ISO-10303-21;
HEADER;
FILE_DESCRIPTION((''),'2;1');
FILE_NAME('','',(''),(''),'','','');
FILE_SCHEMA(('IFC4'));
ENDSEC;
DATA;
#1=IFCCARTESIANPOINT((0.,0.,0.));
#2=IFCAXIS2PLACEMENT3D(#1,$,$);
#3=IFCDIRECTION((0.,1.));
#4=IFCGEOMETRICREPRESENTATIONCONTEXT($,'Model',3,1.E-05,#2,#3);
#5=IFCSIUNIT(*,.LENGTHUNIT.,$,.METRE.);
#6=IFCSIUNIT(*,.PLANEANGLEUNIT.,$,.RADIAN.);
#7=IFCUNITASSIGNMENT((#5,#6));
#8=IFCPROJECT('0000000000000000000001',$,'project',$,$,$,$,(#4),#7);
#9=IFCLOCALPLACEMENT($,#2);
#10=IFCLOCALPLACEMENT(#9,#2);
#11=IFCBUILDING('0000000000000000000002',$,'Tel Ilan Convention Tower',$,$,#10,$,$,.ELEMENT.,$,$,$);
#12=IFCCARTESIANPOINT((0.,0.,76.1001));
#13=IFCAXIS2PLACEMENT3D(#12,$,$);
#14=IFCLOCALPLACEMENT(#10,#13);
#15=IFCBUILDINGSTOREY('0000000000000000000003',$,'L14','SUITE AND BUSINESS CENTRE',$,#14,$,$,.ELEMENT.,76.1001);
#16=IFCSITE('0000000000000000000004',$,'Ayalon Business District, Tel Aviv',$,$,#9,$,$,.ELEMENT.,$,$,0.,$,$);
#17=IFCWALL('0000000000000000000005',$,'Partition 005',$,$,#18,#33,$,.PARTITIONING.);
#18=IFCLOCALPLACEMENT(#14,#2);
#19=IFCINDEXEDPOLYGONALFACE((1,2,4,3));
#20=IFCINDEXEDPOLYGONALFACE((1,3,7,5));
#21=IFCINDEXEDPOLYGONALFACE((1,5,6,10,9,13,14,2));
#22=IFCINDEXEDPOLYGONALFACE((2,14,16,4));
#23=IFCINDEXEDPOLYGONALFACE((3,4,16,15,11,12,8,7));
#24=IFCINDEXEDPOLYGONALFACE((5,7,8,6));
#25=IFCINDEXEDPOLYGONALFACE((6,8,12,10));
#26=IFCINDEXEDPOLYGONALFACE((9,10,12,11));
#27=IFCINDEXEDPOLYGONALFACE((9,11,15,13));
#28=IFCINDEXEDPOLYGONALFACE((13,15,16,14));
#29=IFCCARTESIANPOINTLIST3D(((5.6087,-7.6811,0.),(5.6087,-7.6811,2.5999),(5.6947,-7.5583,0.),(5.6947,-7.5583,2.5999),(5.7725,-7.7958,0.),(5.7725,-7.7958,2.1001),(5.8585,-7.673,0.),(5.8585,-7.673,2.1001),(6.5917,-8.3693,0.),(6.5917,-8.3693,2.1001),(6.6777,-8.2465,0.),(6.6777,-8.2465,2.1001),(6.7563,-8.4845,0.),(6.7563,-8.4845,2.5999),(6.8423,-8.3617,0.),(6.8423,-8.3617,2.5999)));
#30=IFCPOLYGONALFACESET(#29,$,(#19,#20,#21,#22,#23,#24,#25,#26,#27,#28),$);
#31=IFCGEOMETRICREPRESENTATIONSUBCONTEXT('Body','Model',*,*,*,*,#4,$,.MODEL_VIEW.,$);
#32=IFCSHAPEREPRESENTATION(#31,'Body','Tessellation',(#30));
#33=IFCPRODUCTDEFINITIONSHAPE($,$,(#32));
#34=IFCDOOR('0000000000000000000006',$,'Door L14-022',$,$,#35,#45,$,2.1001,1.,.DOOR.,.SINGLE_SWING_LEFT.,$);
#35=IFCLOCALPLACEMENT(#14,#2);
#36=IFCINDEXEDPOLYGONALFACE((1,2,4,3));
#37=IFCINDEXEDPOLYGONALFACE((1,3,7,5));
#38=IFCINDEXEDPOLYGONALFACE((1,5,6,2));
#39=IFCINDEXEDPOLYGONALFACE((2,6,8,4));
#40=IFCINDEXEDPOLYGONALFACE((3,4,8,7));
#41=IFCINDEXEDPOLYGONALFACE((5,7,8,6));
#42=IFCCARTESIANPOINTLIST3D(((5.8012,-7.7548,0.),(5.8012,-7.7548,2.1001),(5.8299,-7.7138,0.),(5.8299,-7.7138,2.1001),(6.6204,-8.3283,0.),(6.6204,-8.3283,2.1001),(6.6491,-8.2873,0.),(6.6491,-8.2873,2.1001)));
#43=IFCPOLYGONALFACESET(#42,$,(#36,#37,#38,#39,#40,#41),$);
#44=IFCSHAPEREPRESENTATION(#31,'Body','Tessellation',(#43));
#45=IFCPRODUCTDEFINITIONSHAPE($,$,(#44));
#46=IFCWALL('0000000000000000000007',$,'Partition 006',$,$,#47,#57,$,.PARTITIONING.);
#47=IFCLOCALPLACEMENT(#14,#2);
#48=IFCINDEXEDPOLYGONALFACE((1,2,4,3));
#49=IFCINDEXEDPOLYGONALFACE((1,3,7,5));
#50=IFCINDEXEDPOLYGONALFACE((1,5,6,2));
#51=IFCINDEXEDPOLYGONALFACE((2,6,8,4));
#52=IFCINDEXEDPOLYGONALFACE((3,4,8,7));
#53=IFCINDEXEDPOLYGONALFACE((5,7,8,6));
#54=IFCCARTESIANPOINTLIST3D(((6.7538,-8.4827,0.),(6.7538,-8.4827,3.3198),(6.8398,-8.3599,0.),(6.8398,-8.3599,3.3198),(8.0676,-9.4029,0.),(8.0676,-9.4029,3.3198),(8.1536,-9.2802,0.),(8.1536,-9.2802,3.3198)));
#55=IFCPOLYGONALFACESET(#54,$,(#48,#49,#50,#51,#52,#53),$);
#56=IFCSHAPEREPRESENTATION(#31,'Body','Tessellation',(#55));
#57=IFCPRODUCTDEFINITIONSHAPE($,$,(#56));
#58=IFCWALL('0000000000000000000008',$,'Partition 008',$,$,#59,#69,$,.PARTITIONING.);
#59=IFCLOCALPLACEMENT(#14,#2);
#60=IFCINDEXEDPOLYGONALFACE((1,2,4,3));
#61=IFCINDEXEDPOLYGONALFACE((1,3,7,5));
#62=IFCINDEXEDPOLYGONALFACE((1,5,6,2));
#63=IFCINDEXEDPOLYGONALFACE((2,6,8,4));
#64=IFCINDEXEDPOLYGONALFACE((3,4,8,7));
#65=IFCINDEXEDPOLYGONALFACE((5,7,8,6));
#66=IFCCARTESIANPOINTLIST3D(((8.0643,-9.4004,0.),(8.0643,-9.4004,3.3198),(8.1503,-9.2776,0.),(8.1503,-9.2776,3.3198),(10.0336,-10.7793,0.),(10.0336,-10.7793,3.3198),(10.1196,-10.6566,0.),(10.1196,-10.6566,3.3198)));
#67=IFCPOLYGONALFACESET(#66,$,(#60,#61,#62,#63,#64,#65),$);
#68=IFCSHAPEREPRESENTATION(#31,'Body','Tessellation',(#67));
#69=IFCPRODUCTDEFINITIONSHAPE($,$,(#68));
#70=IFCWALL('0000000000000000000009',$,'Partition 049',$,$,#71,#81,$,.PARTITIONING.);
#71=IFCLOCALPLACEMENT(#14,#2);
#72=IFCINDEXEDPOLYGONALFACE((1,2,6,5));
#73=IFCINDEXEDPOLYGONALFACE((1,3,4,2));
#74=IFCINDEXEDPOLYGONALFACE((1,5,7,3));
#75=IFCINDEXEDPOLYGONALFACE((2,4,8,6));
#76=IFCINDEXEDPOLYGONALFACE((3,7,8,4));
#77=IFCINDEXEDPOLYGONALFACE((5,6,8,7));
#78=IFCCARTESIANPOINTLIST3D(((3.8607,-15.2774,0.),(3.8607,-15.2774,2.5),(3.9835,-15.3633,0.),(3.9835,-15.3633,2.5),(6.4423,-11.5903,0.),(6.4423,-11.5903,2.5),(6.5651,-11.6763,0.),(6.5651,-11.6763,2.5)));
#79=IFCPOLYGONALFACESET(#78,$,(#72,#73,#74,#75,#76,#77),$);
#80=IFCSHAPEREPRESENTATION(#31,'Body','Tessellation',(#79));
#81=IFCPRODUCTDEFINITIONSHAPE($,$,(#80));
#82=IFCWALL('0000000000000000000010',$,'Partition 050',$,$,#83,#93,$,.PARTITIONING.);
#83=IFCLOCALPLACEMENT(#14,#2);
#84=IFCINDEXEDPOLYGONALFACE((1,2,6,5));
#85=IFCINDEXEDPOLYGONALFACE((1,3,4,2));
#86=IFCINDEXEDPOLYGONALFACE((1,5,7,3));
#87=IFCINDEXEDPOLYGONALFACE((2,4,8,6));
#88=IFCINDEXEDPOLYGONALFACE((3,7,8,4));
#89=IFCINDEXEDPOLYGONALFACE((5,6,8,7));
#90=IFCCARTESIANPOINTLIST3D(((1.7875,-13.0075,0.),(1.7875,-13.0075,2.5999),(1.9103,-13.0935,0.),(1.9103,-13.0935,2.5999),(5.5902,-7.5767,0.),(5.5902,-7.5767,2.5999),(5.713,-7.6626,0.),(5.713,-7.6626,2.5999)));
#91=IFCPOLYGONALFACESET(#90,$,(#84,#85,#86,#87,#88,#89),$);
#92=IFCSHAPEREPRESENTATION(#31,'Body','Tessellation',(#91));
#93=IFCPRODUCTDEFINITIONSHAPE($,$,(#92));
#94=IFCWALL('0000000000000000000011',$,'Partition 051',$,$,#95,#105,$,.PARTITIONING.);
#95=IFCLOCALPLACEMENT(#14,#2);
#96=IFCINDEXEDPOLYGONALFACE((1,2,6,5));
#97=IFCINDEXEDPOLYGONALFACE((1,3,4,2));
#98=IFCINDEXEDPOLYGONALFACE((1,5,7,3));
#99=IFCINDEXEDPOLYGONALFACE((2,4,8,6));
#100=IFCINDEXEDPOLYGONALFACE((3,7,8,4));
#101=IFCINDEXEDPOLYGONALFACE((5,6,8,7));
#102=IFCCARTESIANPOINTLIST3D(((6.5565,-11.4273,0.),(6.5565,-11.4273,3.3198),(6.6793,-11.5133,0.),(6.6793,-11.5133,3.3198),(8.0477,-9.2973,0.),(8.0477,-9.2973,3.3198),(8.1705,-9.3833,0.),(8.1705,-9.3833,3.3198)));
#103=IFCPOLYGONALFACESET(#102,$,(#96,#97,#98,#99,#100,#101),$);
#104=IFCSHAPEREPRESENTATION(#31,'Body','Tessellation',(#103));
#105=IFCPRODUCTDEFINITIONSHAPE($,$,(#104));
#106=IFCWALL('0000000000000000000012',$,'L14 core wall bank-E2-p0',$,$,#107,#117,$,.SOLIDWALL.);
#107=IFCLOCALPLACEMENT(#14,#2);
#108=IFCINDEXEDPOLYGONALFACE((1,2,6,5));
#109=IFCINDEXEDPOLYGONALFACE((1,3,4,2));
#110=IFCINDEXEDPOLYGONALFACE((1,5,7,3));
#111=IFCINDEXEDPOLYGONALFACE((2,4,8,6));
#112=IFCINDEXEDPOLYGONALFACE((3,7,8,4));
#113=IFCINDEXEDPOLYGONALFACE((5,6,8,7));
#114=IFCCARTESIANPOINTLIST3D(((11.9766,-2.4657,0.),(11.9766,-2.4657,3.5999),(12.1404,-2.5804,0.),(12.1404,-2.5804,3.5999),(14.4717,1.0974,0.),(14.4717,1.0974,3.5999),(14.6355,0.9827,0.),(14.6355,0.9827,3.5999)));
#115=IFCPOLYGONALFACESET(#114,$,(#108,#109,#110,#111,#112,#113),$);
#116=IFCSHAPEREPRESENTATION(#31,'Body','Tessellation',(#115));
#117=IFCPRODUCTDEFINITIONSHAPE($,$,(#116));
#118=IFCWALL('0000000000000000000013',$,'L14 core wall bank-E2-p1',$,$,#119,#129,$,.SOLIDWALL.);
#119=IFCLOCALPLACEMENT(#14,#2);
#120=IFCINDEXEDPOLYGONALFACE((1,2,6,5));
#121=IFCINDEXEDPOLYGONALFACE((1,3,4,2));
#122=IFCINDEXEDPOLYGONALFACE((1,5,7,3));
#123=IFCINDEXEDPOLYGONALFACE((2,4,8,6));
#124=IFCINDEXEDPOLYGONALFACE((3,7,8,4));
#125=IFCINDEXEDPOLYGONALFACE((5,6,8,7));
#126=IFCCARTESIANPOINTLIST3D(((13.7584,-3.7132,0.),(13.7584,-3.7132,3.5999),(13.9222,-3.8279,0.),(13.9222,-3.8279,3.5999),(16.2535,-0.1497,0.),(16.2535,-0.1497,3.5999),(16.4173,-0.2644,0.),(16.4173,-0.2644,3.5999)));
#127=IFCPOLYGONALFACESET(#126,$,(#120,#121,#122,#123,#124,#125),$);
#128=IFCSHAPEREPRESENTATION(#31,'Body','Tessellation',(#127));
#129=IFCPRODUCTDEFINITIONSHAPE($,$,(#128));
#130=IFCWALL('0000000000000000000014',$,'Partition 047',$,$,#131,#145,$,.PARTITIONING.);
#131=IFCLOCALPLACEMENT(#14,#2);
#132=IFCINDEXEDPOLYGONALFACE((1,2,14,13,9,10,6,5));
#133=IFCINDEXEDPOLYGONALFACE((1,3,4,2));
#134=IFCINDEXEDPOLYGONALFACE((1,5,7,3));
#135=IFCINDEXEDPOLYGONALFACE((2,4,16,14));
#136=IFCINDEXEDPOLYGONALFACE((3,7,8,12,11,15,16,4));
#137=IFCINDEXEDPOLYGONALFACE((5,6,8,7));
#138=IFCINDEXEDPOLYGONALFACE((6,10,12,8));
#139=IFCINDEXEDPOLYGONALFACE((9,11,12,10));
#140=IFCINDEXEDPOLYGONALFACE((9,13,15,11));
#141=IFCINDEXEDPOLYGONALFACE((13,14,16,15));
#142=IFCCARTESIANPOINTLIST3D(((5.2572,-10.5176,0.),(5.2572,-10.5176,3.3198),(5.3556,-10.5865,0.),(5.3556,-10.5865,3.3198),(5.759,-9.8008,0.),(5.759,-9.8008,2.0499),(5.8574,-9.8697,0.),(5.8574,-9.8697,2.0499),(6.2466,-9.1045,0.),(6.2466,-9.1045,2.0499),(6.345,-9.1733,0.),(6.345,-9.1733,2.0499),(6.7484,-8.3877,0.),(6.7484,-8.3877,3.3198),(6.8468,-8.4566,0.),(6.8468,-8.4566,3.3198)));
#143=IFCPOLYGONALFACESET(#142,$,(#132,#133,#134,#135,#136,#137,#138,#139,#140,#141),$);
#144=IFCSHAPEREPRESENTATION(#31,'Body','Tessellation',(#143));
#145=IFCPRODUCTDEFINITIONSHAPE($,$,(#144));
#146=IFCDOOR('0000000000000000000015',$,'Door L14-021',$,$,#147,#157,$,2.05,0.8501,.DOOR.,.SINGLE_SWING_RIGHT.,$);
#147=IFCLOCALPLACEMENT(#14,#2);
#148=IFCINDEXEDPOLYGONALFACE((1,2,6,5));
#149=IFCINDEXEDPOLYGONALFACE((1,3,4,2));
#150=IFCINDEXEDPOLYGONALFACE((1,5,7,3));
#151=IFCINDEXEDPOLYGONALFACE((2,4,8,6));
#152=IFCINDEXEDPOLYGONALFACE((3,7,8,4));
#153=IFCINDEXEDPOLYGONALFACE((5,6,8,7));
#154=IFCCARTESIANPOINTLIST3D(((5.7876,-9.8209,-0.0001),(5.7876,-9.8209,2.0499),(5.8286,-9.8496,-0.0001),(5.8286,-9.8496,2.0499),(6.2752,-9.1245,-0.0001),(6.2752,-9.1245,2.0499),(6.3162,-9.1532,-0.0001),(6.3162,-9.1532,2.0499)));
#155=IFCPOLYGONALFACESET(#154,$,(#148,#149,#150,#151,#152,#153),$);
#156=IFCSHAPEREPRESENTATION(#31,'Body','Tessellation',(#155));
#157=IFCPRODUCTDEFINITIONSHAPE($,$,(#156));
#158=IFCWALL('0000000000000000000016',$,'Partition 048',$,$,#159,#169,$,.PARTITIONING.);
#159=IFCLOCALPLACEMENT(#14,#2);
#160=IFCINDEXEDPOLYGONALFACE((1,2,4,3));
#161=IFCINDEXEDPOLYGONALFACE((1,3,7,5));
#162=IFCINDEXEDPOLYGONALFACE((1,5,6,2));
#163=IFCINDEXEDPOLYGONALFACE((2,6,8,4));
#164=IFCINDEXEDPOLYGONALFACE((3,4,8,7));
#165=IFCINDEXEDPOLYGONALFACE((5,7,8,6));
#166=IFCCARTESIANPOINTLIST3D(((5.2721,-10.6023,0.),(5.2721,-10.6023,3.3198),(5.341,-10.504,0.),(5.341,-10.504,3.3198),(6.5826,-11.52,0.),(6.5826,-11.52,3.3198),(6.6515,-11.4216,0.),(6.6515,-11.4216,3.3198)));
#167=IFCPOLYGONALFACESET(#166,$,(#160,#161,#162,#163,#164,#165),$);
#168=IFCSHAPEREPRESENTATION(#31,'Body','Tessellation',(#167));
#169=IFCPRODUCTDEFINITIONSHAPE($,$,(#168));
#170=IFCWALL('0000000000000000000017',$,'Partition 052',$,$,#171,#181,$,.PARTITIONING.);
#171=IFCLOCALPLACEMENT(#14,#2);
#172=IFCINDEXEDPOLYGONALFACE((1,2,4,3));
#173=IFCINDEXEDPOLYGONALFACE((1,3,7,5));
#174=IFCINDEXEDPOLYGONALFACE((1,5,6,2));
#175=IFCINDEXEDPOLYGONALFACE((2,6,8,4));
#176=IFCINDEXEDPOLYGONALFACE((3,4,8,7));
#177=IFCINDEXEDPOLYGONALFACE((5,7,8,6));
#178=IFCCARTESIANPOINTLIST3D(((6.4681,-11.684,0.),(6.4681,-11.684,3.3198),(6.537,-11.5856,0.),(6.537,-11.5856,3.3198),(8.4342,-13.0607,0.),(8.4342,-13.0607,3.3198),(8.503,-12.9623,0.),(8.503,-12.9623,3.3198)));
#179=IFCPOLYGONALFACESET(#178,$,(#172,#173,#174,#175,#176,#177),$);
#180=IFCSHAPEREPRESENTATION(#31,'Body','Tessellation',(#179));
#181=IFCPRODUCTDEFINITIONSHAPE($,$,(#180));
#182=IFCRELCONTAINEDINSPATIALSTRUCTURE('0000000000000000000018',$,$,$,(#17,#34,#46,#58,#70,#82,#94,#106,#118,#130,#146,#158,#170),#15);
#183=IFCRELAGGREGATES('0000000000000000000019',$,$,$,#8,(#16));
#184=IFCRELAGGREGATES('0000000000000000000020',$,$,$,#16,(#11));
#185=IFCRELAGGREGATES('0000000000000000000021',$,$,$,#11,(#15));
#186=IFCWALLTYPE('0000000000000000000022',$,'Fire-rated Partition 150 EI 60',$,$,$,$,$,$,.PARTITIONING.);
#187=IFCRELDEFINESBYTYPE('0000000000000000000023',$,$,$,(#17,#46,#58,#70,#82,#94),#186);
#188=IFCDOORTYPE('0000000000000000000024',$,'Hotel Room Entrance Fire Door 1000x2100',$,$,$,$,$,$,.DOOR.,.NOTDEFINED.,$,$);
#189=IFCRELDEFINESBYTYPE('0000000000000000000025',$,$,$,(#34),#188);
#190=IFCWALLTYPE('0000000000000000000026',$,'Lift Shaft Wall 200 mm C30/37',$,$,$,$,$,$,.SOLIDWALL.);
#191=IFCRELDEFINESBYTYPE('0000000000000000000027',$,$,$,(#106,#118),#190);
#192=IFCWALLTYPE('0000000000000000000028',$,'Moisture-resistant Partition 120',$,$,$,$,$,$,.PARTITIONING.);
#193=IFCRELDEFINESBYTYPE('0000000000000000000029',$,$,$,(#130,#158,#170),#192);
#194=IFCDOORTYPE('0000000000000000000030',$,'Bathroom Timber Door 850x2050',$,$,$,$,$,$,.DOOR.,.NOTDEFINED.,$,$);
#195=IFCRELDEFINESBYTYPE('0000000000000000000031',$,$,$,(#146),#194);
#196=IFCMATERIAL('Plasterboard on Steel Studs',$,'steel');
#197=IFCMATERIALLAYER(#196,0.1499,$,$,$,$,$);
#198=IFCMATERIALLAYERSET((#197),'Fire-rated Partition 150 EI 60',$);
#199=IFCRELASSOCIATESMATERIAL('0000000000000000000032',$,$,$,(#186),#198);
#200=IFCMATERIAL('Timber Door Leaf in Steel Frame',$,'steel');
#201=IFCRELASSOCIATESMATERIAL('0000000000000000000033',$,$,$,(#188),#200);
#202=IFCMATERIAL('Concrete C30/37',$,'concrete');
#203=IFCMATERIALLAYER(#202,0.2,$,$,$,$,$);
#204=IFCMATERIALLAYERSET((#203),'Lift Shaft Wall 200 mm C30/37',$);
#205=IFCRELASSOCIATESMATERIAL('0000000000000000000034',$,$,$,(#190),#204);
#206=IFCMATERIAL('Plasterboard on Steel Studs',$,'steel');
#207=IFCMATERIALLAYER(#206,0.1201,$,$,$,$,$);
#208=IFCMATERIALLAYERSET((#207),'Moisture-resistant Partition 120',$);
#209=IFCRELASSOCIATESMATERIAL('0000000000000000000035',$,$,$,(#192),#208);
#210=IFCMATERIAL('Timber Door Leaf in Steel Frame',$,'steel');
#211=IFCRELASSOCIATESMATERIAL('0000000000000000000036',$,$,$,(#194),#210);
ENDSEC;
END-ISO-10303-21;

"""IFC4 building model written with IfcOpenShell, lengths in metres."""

from ifc_helpers import new_model, si_unit, direction, frame, frame_2d, origin, place, context, subcontext, project, spatial, rectangle, extrude, material, layer, layer_set, type_object, element, fill, save


model = new_model("IFC4")

# Units and contexts
model_context = context("Model", 3, precision=1e-05, world=origin(), true_north=direction((0.0, 1.0)))
body_context = subcontext(model_context, "Body", "Model", "MODEL_VIEW")
ifc_project = project(units=[si_unit("LENGTHUNIT", "METRE"), si_unit("PLANEANGLEUNIT", "RADIAN")], contexts=[model_context])

# Site, building, storey
site_placement = place(None, origin())
site = spatial("IfcSite", under=ifc_project, at=site_placement, Name="Ayalon Business District, Tel Aviv", CompositionType="ELEMENT", RefElevation=0.0)
building_placement = place(site_placement, origin())
building = spatial("IfcBuilding", under=site, at=building_placement, Name="Tel Ilan Convention Tower", CompositionType="ELEMENT")
storey_placement = place(building_placement, frame((0.0, 0.0, 76.1001)))
storey = spatial("IfcBuildingStorey", under=building, at=storey_placement, Name="L14", Description="SUITE AND BUSINESS CENTRE", CompositionType="ELEMENT", Elevation=76.1001)

# Wall, opening, door
ifc_material_1 = material(Name="Plasterboard on Steel Studs", Category="steel")
ifc_layer_1 = layer(ifc_material_1, 0.1499)
ifc_layer_set_1 = layer_set([ifc_layer_1], Name="Fire-rated Partition 150 EI 60")
wall_type_1 = type_object("IfcWallType", Name="Fire-rated Partition 150 EI 60", PredefinedType="PARTITIONING", material=ifc_layer_set_1)
wall_1_placement = place(storey_placement, frame((6.7993, -8.4231, 0.0), z_axis=(0.0, 0.0, 1.0), x_axis=(-0.819207, 0.573497, 0.0)))
wall_1 = element("IfcWall", 1, at=wall_1_placement, inside=storey, type_object=wall_type_1, Name="Partition 005", PredefinedType="PARTITIONING", context=body_context, shape_type="SweptSolid", body=[
    extrude(rectangle(XDim=1.4009, YDim=0.1499, at=frame_2d((0.7004, 0.0))), origin(), (0.0, 0.0, 1.0), 2.5999),
])
opening_1_placement = place(wall_1_placement, frame((0.2009, 0.0, 0.0)))
opening_1 = element("IfcOpeningElement", 2, at=opening_1_placement, cuts=wall_1, PredefinedType="OPENING", context=body_context, shape_type="SweptSolid", body=[
    extrude(rectangle(XDim=1.0, YDim=2.1001, at=frame_2d((0.5, 1.05))), frame((0.0, 0.085, 0.0), z_axis=(0.0, -1.0, 0.0), x_axis=(1.0, 0.0, 0.0)), (0.0, 0.0, 1.0), 0.1699),
])
ifc_material_2 = material(Name="Timber Door Leaf in Steel Frame", Category="steel")
door_type_1 = type_object("IfcDoorType", Name="Hotel Room Entrance Fire Door 1000x2100", OperationType="NOTDEFINED", PredefinedType="DOOR", material=ifc_material_2)
door_1_placement = place(opening_1_placement, origin())
door_1 = element("IfcDoor", 3, at=door_1_placement, inside=storey, type_object=door_type_1, Name="Door L14-022", OperationType="SINGLE_SWING_LEFT", OverallHeight=2.1001, OverallWidth=1.0, PredefinedType="DOOR", context=body_context, shape_type="SweptSolid", body=[
    extrude(rectangle(XDim=1.0, YDim=2.1001, at=frame_2d((0.5, 1.05))), frame((0.0, 0.0249, 0.0), z_axis=(0.0, -1.0, 0.0), x_axis=(1.0, 0.0, 0.0)), (0.0, 0.0, 1.0), 0.05),
])
fill(opening_1, door_1)

# Walls
wall_2_placement = place(storey_placement, frame((8.1106, -9.3416, 0.0), z_axis=(0.0, 0.0, 1.0), x_axis=(-0.819067, 0.573697, 0.0)))
element("IfcWall", 4, at=wall_2_placement, inside=storey, type_object=wall_type_1, Name="Partition 006", PredefinedType="PARTITIONING", context=body_context, shape_type="SweptSolid", body=[
    extrude(rectangle(XDim=1.604, YDim=0.1499, at=frame_2d((0.802, 0.0))), origin(), (0.0, 0.0, 1.0), 3.3198),
])
wall_3_placement = place(storey_placement, frame((10.0767, -10.718, 0.0), z_axis=(0.0, 0.0, 1.0), x_axis=(-0.819146, 0.573585, 0.0)))
element("IfcWall", 5, at=wall_3_placement, inside=storey, type_object=wall_type_1, Name="Partition 008", PredefinedType="PARTITIONING", context=body_context, shape_type="SweptSolid", body=[
    extrude(rectangle(XDim=2.4041, YDim=0.1499, at=frame_2d((1.2021, 0.0))), origin(), (0.0, 0.0, 1.0), 3.3198),
])
wall_4_placement = place(storey_placement, frame((6.5037, -11.6333, 0.0), z_axis=(0.0, 0.0, 1.0), x_axis=(-0.573557, -0.819166, 0.0)))
element("IfcWall", 6, at=wall_4_placement, inside=storey, type_object=wall_type_1, Name="Partition 049", PredefinedType="PARTITIONING", context=body_context, shape_type="SweptSolid", body=[
    extrude(rectangle(XDim=4.501, YDim=0.1499, at=frame_2d((2.2505, 0.0))), origin(), (0.0, 0.0, 1.0), 2.5),
])
wall_5_placement = place(storey_placement, frame((1.8489, -13.0505, 0.0), z_axis=(0.0, 0.0, 1.0), x_axis=(0.573574, 0.819154, 0.0)))
element("IfcWall", 7, at=wall_5_placement, inside=storey, type_object=wall_type_1, Name="Partition 050", PredefinedType="PARTITIONING", context=body_context, shape_type="SweptSolid", body=[
    extrude(rectangle(XDim=6.6299, YDim=0.1499, at=frame_2d((3.3149, 0.0))), origin(), (0.0, 0.0, 1.0), 2.5999),
])
wall_6_placement = place(storey_placement, frame((8.1091, -9.3403, 0.0), z_axis=(0.0, 0.0, 1.0), x_axis=(-0.573538, -0.819179, 0.0)))
element("IfcWall", 8, at=wall_6_placement, inside=storey, type_object=wall_type_1, Name="Partition 051", PredefinedType="PARTITIONING", context=body_context, shape_type="SweptSolid", body=[
    extrude(rectangle(XDim=2.6001, YDim=0.1499, at=frame_2d((1.3, 0.0))), origin(), (0.0, 0.0, 1.0), 3.3198),
])
ifc_material_3 = material(Name="Concrete C30/37", Category="concrete")
ifc_layer_2 = layer(ifc_material_3, 0.2)
ifc_layer_set_2 = layer_set([ifc_layer_2], Name="Lift Shaft Wall 200 mm C30/37")
wall_type_2 = type_object("IfcWallType", Name="Lift Shaft Wall 200 mm C30/37", PredefinedType="SOLIDWALL", material=ifc_layer_set_2)
wall_7_placement = place(storey_placement, frame((12.0586, -2.5229, 0.0), z_axis=(0.0, 0.0, 1.0), x_axis=(0.573594, 0.81914, 0.0)))
element("IfcWall", 9, at=wall_7_placement, inside=storey, type_object=wall_type_2, Name="L14 core wall bank-E2-p0", PredefinedType="SOLIDWALL", context=body_context, shape_type="SweptSolid", body=[
    extrude(rectangle(XDim=4.3499, YDim=0.2, at=frame_2d((2.1748, 0.0))), origin(), (0.0, 0.0, 1.0), 3.5999),
])
wall_8_placement = place(storey_placement, frame((13.8403, -3.7705, 0.0), z_axis=(0.0, 0.0, 1.0), x_axis=(0.573568, 0.819158, 0.0)))
element("IfcWall", 10, at=wall_8_placement, inside=storey, type_object=wall_type_2, Name="L14 core wall bank-E2-p1", PredefinedType="SOLIDWALL", context=body_context, shape_type="SweptSolid", body=[
    extrude(rectangle(XDim=4.3501, YDim=0.2, at=frame_2d((2.175, 0.0))), origin(), (0.0, 0.0, 1.0), 3.5999),
])

# Wall, opening, door
ifc_material_4 = material(Name="Plasterboard on Steel Studs", Category="steel")
ifc_layer_3 = layer(ifc_material_4, 0.1201)
ifc_layer_set_3 = layer_set([ifc_layer_3], Name="Moisture-resistant Partition 120")
wall_type_3 = type_object("IfcWallType", Name="Moisture-resistant Partition 120", PredefinedType="PARTITIONING", material=ifc_layer_set_3)
wall_9_placement = place(storey_placement, frame((6.7976, -8.4221, 0.0), z_axis=(0.0, 0.0, 1.0), x_axis=(-0.573538, -0.819179, 0.0)))
wall_9 = element("IfcWall", 11, at=wall_9_placement, inside=storey, type_object=wall_type_3, Name="Partition 047", PredefinedType="PARTITIONING", context=body_context, shape_type="SweptSolid", body=[
    extrude(rectangle(XDim=2.6001, YDim=0.1201, at=frame_2d((1.3, 0.0))), origin(), (0.0, 0.0, 1.0), 3.3198),
])
opening_2_placement = place(wall_9_placement, frame((0.875, 0.0, 0.0)))
opening_2 = element("IfcOpeningElement", 12, at=opening_2_placement, cuts=wall_9, PredefinedType="OPENING", context=body_context, shape_type="SweptSolid", body=[
    extrude(rectangle(XDim=0.8501, YDim=2.05, at=frame_2d((0.425, 1.0249))), frame((0.0, 0.0701, 0.0), z_axis=(0.0, -1.0, 0.0), x_axis=(1.0, 0.0, 0.0)), (0.0, 0.0, 1.0), 0.1401),
])
ifc_material_5 = material(Name="Timber Door Leaf in Steel Frame", Category="steel")
door_type_2 = type_object("IfcDoorType", Name="Bathroom Timber Door 850x2050", OperationType="NOTDEFINED", PredefinedType="DOOR", material=ifc_material_5)
door_2_placement = place(opening_2_placement, origin())
door_2 = element("IfcDoor", 13, at=door_2_placement, inside=storey, type_object=door_type_2, Name="Door L14-021", OperationType="SINGLE_SWING_RIGHT", OverallHeight=2.05, OverallWidth=0.8501, PredefinedType="DOOR", context=body_context, shape_type="SweptSolid", body=[
    extrude(rectangle(XDim=0.8501, YDim=2.05, at=frame_2d((0.425, 1.0249))), frame((0.0, 0.0249, 0.0), z_axis=(0.0, -1.0, 0.0), x_axis=(1.0, 0.0, 0.0)), (0.0, 0.0, 1.0), 0.05),
])
fill(opening_2, door_2)

# Walls
wall_10_placement = place(storey_placement, frame((5.3066, -10.5532, 0.0), z_axis=(0.0, 0.0, 1.0), x_axis=(0.819132, -0.573606, 0.0)))
element("IfcWall", 14, at=wall_10_placement, inside=storey, type_object=wall_type_3, Name="Partition 048", PredefinedType="PARTITIONING", context=body_context, shape_type="SweptSolid", body=[
    extrude(rectangle(XDim=1.5999, YDim=0.1201, at=frame_2d((0.7998, 0.0))), origin(), (0.0, 0.0, 1.0), 3.3198),
])
wall_11_placement = place(storey_placement, frame((6.5024, -11.6348, 0.0), z_axis=(0.0, 0.0, 1.0), x_axis=(0.819141, -0.573592, 0.0)))
element("IfcWall", 15, at=wall_11_placement, inside=storey, type_object=wall_type_3, Name="Partition 052", PredefinedType="PARTITIONING", context=body_context, shape_type="SweptSolid", body=[
    extrude(rectangle(XDim=2.4001, YDim=0.1201, at=frame_2d((1.2002, 0.0))), origin(), (0.0, 0.0, 1.0), 3.3198),
])

save(model, "model.ifc")
